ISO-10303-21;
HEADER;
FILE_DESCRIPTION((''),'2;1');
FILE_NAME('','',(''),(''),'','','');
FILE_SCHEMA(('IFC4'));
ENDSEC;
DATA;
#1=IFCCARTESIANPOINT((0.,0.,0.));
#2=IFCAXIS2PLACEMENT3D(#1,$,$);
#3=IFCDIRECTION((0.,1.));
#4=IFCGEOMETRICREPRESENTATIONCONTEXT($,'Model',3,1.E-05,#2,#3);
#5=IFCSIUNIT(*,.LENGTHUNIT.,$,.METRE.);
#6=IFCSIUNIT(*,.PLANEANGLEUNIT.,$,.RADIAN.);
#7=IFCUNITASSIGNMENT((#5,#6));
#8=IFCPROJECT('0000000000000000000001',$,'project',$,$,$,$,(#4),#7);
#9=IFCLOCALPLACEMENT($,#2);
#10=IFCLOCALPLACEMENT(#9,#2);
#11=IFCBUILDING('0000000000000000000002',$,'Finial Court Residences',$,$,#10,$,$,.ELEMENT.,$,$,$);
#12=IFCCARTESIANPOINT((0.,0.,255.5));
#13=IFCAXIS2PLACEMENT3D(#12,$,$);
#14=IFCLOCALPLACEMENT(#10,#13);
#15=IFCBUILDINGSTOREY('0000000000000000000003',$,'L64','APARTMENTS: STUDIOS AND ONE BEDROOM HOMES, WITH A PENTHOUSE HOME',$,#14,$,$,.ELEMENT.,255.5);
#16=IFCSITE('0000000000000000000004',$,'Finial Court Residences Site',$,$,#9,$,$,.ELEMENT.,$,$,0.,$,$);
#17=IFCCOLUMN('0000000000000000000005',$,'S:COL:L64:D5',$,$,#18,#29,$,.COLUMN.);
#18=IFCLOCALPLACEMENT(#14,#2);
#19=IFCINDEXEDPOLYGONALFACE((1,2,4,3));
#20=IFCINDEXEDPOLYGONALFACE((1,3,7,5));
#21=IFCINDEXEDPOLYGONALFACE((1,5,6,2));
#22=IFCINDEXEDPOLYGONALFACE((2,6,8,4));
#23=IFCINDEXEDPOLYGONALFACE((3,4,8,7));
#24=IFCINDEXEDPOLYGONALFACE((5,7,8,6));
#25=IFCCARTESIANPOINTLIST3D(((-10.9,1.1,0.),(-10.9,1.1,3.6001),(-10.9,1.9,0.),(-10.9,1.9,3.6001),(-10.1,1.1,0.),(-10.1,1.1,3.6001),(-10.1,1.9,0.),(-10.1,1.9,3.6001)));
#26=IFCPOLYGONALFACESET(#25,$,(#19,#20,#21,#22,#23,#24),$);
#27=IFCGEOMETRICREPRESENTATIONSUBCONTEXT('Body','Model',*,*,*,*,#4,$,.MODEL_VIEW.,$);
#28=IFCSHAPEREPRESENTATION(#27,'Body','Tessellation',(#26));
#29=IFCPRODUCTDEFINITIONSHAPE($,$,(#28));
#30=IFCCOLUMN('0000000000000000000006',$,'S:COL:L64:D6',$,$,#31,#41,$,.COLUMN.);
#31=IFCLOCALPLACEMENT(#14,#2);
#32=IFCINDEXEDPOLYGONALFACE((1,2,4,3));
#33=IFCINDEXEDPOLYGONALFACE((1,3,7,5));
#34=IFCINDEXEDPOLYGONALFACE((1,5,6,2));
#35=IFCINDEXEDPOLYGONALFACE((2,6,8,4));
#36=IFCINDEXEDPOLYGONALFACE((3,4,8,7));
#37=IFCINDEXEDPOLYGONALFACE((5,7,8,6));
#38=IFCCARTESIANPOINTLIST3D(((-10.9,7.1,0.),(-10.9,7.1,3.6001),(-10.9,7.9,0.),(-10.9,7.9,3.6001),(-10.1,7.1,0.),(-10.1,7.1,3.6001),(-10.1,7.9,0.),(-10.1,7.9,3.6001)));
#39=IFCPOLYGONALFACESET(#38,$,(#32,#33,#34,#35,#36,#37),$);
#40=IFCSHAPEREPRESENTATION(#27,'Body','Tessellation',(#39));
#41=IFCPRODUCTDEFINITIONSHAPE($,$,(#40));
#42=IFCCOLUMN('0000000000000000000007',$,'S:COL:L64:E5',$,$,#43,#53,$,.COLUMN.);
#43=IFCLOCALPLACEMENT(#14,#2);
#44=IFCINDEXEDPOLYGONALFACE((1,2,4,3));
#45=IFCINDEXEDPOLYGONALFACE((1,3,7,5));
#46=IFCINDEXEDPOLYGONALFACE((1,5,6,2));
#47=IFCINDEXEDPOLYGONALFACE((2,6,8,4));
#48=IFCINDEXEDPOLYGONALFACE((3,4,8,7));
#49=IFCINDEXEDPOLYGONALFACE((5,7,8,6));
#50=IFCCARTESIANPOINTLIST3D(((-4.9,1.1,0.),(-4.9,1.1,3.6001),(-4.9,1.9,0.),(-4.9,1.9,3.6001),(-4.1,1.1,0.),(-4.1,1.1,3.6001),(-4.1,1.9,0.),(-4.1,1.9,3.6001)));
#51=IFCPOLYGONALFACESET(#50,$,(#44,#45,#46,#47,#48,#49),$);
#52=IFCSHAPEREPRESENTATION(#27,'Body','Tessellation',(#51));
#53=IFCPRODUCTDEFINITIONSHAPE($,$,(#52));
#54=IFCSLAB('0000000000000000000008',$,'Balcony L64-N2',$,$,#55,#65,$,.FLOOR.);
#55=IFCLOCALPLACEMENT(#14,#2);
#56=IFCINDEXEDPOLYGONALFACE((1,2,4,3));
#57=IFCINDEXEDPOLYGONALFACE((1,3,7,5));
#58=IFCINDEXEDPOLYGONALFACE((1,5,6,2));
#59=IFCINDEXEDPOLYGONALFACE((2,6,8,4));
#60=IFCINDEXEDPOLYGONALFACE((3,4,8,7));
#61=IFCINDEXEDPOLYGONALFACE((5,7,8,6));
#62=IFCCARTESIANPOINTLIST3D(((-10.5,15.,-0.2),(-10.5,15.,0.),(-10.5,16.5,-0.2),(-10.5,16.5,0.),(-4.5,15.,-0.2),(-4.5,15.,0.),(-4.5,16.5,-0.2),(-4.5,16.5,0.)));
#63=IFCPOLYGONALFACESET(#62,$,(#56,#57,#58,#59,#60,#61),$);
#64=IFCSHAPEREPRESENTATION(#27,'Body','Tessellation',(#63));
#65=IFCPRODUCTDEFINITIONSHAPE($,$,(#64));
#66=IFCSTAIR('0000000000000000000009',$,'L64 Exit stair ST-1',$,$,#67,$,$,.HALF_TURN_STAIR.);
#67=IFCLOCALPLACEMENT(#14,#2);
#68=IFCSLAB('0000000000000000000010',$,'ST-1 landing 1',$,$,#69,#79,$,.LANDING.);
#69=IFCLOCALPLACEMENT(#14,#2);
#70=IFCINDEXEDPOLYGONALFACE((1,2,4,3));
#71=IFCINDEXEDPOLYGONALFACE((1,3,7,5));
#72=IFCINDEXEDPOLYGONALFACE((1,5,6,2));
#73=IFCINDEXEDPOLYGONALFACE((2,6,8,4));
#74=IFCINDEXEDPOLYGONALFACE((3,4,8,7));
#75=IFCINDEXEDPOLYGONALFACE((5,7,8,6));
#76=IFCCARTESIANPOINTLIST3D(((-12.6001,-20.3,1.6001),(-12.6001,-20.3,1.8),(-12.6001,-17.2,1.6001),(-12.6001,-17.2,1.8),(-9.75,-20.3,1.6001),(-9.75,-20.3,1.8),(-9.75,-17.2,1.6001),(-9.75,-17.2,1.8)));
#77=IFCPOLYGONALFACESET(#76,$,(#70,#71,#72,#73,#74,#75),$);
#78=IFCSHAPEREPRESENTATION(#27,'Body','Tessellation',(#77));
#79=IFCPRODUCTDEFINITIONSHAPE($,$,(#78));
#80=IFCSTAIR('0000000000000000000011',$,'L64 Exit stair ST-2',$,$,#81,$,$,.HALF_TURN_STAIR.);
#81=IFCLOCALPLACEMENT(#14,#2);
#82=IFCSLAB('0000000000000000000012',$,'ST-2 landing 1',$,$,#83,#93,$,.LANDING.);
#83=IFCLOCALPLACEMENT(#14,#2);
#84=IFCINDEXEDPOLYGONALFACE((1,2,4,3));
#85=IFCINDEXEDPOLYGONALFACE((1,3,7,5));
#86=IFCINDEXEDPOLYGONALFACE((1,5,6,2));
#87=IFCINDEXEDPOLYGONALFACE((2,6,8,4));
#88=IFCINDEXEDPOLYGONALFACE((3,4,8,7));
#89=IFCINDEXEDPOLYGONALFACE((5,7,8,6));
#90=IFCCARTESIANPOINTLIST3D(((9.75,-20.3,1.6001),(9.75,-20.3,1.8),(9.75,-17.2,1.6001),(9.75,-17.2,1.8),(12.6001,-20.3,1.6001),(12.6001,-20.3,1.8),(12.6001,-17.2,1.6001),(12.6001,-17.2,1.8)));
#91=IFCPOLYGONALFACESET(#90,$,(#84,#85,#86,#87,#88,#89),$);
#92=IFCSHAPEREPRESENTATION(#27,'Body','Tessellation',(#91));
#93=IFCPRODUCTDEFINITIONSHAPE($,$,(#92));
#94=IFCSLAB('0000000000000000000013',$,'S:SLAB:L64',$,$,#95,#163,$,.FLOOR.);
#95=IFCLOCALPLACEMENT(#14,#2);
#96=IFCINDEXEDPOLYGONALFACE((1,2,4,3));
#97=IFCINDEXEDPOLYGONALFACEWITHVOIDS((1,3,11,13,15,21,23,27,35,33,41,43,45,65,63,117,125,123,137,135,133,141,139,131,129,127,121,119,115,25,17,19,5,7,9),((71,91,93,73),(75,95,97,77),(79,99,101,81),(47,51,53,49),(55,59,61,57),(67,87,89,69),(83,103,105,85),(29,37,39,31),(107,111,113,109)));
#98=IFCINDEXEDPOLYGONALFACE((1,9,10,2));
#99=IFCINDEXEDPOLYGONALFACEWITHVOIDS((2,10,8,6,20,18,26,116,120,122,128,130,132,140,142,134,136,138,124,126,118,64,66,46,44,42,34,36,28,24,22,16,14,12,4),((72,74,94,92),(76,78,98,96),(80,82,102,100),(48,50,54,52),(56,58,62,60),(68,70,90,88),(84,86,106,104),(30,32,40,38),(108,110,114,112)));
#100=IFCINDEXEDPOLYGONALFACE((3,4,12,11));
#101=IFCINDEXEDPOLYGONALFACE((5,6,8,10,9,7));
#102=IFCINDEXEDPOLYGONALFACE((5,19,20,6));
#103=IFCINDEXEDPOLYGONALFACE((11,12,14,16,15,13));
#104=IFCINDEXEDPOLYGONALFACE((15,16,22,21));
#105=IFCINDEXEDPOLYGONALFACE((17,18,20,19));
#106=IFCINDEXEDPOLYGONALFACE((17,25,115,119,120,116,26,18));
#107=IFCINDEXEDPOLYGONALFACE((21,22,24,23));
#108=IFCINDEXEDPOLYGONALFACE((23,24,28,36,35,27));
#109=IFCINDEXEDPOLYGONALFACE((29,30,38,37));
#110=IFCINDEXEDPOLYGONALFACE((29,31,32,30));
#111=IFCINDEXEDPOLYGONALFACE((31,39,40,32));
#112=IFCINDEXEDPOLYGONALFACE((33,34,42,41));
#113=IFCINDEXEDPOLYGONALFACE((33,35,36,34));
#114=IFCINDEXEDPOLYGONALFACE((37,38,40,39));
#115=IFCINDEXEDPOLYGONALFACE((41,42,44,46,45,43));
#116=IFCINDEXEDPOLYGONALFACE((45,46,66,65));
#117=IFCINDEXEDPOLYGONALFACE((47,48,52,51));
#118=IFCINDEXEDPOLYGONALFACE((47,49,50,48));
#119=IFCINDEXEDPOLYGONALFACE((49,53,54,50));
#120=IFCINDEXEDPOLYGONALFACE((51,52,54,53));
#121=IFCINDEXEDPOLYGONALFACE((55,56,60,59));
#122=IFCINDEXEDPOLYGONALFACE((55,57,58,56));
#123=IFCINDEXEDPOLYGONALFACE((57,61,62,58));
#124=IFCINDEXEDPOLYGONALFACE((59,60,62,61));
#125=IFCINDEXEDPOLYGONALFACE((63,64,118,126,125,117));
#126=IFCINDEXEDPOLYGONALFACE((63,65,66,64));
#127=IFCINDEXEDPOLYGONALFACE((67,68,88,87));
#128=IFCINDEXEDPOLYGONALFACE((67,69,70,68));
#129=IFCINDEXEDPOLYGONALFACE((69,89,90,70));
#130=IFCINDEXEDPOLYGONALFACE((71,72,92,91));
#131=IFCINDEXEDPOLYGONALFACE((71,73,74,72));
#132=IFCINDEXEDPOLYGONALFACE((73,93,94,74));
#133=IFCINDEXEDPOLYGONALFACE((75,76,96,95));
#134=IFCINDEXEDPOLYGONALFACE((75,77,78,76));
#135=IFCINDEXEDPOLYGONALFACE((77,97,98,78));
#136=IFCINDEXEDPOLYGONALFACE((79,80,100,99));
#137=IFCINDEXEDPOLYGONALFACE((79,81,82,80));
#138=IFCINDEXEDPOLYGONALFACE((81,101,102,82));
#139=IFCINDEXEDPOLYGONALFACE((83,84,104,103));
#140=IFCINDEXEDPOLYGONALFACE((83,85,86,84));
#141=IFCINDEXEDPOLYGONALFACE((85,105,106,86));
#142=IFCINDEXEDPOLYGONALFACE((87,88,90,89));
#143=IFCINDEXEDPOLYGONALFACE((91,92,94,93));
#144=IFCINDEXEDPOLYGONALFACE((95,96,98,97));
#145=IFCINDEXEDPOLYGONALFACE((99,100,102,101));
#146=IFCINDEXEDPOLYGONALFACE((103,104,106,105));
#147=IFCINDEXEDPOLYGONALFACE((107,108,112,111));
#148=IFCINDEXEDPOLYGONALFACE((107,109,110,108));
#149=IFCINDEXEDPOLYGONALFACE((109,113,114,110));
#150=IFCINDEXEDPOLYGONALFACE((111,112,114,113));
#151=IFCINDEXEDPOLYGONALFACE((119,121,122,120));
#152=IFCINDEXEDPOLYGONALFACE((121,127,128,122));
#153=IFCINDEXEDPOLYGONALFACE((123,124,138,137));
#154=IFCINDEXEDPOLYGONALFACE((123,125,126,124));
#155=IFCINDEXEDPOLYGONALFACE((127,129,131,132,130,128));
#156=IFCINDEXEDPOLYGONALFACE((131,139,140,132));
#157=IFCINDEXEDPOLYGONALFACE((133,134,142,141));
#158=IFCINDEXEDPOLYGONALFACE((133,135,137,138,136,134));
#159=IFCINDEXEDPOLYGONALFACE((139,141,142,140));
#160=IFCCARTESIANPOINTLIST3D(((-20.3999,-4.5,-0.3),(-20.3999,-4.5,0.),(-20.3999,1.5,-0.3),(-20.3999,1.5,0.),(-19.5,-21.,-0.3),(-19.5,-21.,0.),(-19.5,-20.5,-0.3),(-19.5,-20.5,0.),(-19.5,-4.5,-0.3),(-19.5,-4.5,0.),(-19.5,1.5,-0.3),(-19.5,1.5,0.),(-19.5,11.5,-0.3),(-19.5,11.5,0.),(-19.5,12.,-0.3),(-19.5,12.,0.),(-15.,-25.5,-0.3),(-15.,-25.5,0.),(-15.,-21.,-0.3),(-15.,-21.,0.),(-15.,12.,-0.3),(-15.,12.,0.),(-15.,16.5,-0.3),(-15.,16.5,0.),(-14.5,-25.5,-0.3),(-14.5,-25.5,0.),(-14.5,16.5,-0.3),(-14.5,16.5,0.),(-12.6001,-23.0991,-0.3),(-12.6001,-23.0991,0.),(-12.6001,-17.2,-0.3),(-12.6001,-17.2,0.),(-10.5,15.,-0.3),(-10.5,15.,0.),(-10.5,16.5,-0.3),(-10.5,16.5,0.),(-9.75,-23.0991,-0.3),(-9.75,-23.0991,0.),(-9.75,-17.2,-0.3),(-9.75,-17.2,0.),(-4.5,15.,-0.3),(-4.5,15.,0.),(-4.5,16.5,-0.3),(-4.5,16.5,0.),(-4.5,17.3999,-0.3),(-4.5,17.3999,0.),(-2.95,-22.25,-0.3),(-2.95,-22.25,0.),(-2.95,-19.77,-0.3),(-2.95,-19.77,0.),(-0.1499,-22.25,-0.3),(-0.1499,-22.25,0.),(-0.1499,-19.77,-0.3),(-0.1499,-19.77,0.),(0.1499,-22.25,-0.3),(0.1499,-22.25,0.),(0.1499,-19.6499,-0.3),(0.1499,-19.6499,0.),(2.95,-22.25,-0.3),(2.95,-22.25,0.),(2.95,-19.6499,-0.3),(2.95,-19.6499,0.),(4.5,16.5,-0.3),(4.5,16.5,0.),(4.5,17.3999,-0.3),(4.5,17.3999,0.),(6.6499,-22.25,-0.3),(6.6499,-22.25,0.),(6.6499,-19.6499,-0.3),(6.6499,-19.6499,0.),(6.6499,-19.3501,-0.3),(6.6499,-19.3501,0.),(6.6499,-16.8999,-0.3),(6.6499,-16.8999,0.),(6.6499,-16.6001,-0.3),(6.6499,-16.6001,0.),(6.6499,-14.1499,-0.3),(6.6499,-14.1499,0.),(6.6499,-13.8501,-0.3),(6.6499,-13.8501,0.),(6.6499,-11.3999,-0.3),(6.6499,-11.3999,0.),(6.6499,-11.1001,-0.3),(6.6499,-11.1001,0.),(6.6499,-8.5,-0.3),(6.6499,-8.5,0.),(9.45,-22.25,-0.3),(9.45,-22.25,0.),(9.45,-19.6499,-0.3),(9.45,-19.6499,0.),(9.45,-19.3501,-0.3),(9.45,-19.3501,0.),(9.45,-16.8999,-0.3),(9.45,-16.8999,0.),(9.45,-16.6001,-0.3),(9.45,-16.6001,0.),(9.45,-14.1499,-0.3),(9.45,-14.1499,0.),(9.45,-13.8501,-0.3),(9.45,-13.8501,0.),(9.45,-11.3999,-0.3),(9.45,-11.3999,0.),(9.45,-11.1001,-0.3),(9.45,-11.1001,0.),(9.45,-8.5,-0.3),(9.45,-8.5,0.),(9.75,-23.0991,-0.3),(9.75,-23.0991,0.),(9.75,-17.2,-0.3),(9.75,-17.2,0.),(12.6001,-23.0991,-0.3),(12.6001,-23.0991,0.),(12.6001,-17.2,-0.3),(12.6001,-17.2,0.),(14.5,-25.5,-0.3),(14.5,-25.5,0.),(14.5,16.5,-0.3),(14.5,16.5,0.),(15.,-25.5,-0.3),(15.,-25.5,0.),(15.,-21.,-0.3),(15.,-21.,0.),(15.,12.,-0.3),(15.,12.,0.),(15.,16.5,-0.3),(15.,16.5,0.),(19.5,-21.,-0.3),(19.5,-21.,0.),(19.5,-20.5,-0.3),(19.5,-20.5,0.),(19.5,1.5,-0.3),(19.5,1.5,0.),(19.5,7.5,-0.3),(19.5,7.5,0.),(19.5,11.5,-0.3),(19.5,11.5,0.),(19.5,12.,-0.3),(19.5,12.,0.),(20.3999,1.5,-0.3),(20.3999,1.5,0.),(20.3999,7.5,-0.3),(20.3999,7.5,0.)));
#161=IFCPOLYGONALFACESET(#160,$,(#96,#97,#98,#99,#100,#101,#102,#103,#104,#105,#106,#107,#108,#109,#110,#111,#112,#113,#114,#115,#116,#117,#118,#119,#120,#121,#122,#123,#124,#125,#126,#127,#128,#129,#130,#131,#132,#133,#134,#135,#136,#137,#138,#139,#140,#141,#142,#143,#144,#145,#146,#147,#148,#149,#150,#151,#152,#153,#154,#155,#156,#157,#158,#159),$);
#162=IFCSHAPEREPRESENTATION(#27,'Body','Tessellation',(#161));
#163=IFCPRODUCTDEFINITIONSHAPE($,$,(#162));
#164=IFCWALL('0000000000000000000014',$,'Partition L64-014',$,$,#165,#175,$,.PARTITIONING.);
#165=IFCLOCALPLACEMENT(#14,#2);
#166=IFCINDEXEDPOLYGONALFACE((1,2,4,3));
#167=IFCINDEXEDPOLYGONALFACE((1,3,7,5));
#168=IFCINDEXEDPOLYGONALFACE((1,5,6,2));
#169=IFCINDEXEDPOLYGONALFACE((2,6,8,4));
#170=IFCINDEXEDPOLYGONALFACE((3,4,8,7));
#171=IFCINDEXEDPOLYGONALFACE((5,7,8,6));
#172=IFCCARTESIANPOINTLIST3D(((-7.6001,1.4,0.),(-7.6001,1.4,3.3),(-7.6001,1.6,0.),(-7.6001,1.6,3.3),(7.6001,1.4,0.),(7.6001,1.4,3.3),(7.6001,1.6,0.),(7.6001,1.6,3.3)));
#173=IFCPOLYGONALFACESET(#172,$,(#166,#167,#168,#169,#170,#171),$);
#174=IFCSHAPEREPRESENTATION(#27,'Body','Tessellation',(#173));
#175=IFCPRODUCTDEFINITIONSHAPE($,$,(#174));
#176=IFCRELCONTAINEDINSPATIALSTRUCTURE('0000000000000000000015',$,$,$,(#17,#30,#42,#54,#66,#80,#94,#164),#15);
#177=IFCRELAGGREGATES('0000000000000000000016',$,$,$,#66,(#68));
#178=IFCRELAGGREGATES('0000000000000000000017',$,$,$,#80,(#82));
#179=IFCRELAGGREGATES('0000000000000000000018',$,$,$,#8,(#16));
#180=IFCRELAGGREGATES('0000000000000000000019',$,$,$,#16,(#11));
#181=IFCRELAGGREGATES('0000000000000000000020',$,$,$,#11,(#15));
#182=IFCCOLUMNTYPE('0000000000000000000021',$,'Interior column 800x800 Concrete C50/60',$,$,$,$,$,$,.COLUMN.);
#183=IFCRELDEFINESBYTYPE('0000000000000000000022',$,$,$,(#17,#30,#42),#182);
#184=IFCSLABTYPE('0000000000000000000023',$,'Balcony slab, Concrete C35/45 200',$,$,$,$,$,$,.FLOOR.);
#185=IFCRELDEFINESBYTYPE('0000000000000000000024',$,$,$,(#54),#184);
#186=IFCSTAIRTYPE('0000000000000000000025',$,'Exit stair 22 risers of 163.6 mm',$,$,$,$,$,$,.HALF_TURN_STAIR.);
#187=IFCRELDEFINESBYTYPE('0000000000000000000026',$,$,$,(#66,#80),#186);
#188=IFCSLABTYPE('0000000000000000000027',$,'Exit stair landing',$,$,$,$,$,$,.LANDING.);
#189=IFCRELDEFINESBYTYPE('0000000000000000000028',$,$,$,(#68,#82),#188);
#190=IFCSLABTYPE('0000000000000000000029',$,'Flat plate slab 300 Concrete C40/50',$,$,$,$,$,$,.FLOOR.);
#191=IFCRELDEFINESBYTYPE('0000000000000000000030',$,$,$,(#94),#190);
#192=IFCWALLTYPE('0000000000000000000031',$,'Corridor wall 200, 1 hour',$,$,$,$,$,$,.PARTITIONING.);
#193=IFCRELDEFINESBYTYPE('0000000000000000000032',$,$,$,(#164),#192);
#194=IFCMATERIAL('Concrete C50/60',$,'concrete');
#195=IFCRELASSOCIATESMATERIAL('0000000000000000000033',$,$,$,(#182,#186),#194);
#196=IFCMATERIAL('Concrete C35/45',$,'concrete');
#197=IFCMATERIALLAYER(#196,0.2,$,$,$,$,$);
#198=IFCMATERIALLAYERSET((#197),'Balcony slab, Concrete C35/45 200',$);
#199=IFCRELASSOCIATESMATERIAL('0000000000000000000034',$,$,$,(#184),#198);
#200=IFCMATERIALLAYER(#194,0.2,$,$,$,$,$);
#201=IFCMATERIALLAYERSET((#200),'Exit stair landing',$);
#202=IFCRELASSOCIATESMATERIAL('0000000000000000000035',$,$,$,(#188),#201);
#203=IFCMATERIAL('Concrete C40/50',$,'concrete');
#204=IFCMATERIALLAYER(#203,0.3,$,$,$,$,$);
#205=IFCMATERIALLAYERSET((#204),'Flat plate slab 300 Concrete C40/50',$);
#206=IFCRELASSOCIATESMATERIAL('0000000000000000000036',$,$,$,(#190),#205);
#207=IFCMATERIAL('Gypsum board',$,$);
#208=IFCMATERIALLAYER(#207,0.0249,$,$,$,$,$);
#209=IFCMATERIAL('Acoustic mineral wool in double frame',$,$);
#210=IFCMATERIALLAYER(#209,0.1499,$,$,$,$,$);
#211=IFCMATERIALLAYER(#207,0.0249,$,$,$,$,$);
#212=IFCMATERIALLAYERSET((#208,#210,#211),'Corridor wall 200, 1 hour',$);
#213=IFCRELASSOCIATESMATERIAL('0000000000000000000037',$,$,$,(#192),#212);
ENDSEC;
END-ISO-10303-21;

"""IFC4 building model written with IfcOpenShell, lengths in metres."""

from ifc_helpers import new_model, si_unit, direction, frame, frame_2d, origin, origin_2d, place, context, subcontext, project, spatial, polyline, rectangle, outline, extrude, material, layer, layer_set, material_profile, profile_set, type_object, element, aggregate, save


model = new_model("IFC4")

# Units and contexts
model_context = context("Model", 3, precision=1e-05, world=origin(), true_north=direction((0.0, 1.0)))
body_context = subcontext(model_context, "Body", "Model", "MODEL_VIEW")
ifc_project = project(units=[si_unit("LENGTHUNIT", "METRE"), si_unit("PLANEANGLEUNIT", "RADIAN")], contexts=[model_context])

# Site, building, storey
site_placement = place(None, origin())
site = spatial("IfcSite", under=ifc_project, at=site_placement, Name="Finial Court Residences Site", CompositionType="ELEMENT", RefElevation=0.0)
building_placement = place(site_placement, origin())
building = spatial("IfcBuilding", under=site, at=building_placement, Name="Finial Court Residences", CompositionType="ELEMENT")
storey_placement = place(building_placement, frame((0.0, 0.0, 255.5)))
storey = spatial("IfcBuildingStorey", under=building, at=storey_placement, Name="L64", Description="APARTMENTS: STUDIOS AND ONE BEDROOM HOMES, WITH A PENTHOUSE HOME", CompositionType="ELEMENT", Elevation=255.5)

# Columns
ifc_material_1 = material(Name="Concrete C50/60", Category="concrete")
ifc_material_profile = material_profile(ifc_material_1, rectangle(XDim=0.8, YDim=0.8, at=origin_2d()), Name="800x800")
ifc_profile_set = profile_set([ifc_material_profile], Name="Concrete C50/60")
column_type = type_object("IfcColumnType", Name="Interior column 800x800 Concrete C50/60", PredefinedType="COLUMN", material=ifc_profile_set)
for number, where, z_axis, x_axis, name in (
    (1, (-10.5, 1.5, 0.0), (0.0, 0.0, 1.0), (1.0, 0.0, 0.0), "S:COL:L64:D5"),
    (2, (-10.5, 7.5, 0.0), (0.0, 0.0, 1.0), (1.0, 0.0, 0.0), "S:COL:L64:D6"),
    (3, (-4.5, 1.5, 0.0), (0.0, 0.0, 1.0), (1.0, 0.0, 0.0), "S:COL:L64:E5"),
):
    element("IfcColumn", number, at=place(storey_placement, frame(where, z_axis=z_axis, x_axis=x_axis)), inside=storey, type_object=column_type, Name=name, PredefinedType="COLUMN", context=body_context, shape_type="SweptSolid", body=[
        extrude(rectangle(XDim=0.8, YDim=0.8, at=origin_2d()), origin(), (0.0, 0.0, 1.0), 3.6001),
    ])

# Slab
ifc_material_2 = material(Name="Concrete C35/45", Category="concrete")
ifc_layer_1 = layer(ifc_material_2, 0.2)
ifc_layer_set_1 = layer_set([ifc_layer_1], Name="Balcony slab, Concrete C35/45 200")
slab_type_1 = type_object("IfcSlabType", Name="Balcony slab, Concrete C35/45 200", PredefinedType="FLOOR", material=ifc_layer_set_1)
slab_1_placement = place(storey_placement, frame((0.0, 0.0, -0.2)))
element("IfcSlab", 4, at=slab_1_placement, inside=storey, type_object=slab_type_1, Name="Balcony L64-N2", PredefinedType="FLOOR", context=body_context, shape_type="SweptSolid", body=[
    extrude(outline(polyline([(-4.5, 15.0), (-4.5, 16.5), (-10.5, 16.5), (-10.5, 15.0), (-4.5, 15.0)])), origin(), (0.0, 0.0, 1.0), 0.2),
])

# Stairs, slabs
stair_type = type_object("IfcStairType", Name="Exit stair 22 risers of 163.6 mm", PredefinedType="HALF_TURN_STAIR", material=ifc_material_1)
stair_1_placement = place(storey_placement, origin())
stair_1 = element("IfcStair", 5, at=stair_1_placement, inside=storey, type_object=stair_type, Name="L64 Exit stair ST-1", PredefinedType="HALF_TURN_STAIR")
ifc_layer_2 = layer(ifc_material_1, 0.2)
ifc_layer_set_2 = layer_set([ifc_layer_2], Name="Exit stair landing")
slab_type_2 = type_object("IfcSlabType", Name="Exit stair landing", PredefinedType="LANDING", material=ifc_layer_set_2)
slab_2_placement = place(storey_placement, frame((0.0, 0.0, 1.6001)))
slab_2 = element("IfcSlab", 6, at=slab_2_placement, type_object=slab_type_2, Name="ST-1 landing 1", PredefinedType="LANDING", context=body_context, shape_type="SweptSolid", body=[
    extrude(outline(polyline([(-9.75, -20.3), (-9.75, -17.2), (-12.6001, -17.2), (-12.6001, -20.3), (-9.75, -20.3)])), origin(), (0.0, 0.0, 1.0), 0.2),
])
aggregate(stair_1, [slab_2])
stair_2_placement = place(storey_placement, origin())
stair_2 = element("IfcStair", 7, at=stair_2_placement, inside=storey, type_object=stair_type, Name="L64 Exit stair ST-2", PredefinedType="HALF_TURN_STAIR")
slab_3_placement = place(storey_placement, frame((0.0, 0.0, 1.6001)))
slab_3 = element("IfcSlab", 8, at=slab_3_placement, type_object=slab_type_2, Name="ST-2 landing 1", PredefinedType="LANDING", context=body_context, shape_type="SweptSolid", body=[
    extrude(outline(polyline([(12.6001, -20.3), (12.6001, -17.2), (9.75, -17.2), (9.75, -20.3), (12.6001, -20.3)])), origin(), (0.0, 0.0, 1.0), 0.2),
])
aggregate(stair_2, [slab_3])

# Slab
ifc_material_3 = material(Name="Concrete C40/50", Category="concrete")
ifc_layer_3 = layer(ifc_material_3, 0.3)
ifc_layer_set_3 = layer_set([ifc_layer_3], Name="Flat plate slab 300 Concrete C40/50")
slab_type_3 = type_object("IfcSlabType", Name="Flat plate slab 300 Concrete C40/50", PredefinedType="FLOOR", material=ifc_layer_set_3)
slab_4_placement = place(storey_placement, frame((0.0, 0.0, -0.3)))
element("IfcSlab", 9, at=slab_4_placement, inside=storey, type_object=slab_type_3, Name="S:SLAB:L64", PredefinedType="FLOOR", context=body_context, shape_type="SweptSolid", body=[
    extrude(outline(polyline([(-15.0, -25.5), (-15.0, -21.0), (-19.5, -21.0), (-19.5, -20.5), (-19.5, -4.5), (-20.3999, -4.5), (-20.3999, 1.5), (-19.5, 1.5), (-19.5, 11.5), (-19.5, 12.0), (-15.0, 12.0), (-15.0, 16.5), (-14.5, 16.5), (-10.5, 16.5), (-10.5, 15.0), (-4.5, 15.0), (-4.5, 16.5), (-4.5, 17.3999), (4.5, 17.3999), (4.5, 16.5), (14.5, 16.5), (15.0, 16.5), (15.0, 12.0), (19.5, 12.0), (19.5, 11.5), (19.5, 7.5), (20.3999, 7.5), (20.3999, 1.5), (19.5, 1.5), (19.5, -20.5), (19.5, -21.0), (15.0, -21.0), (15.0, -25.5), (14.5, -25.5), (-14.5, -25.5), (-15.0, -25.5)]), holes=[polyline([(-0.1499, -19.77), (-2.95, -19.77), (-2.95, -22.25), (-0.1499, -22.25), (-0.1499, -19.77)]), polyline([(2.95, -19.6499), (0.1499, -19.6499), (0.1499, -22.25), (2.95, -22.25), (2.95, -19.6499)]), polyline([(9.45, -19.6499), (6.6499, -19.6499), (6.6499, -22.25), (9.45, -22.25), (9.45, -19.6499)]), polyline([(-12.6001, -17.2), (-12.6001, -23.0991), (-9.75, -23.0991), (-9.75, -17.2), (-12.6001, -17.2)]), polyline([(9.75, -17.2), (9.75, -23.0991), (12.6001, -23.0991), (12.6001, -17.2), (9.75, -17.2)]), polyline([(9.45, -16.8999), (6.6499, -16.8999), (6.6499, -19.3501), (9.45, -19.3501), (9.45, -16.8999)]), polyline([(9.45, -14.1499), (6.6499, -14.1499), (6.6499, -16.6001), (9.45, -16.6001), (9.45, -14.1499)]), polyline([(9.45, -13.8501), (9.45, -11.3999), (6.6499, -11.3999), (6.6499, -13.8501), (9.45, -13.8501)]), polyline([(9.45, -11.1001), (9.45, -8.5), (6.6499, -8.5), (6.6499, -11.1001), (9.45, -11.1001)])]), origin(), (0.0, 0.0, 1.0), 0.3),
])

# Wall
ifc_material_4 = material(Name="Gypsum board")
ifc_layer_4 = layer(ifc_material_4, 0.0249)
ifc_material_5 = material(Name="Acoustic mineral wool in double frame")
ifc_layer_5 = layer(ifc_material_5, 0.1499)
ifc_layer_6 = layer(ifc_material_4, 0.0249)
ifc_layer_set_4 = layer_set([ifc_layer_4, ifc_layer_5, ifc_layer_6], Name="Corridor wall 200, 1 hour")
wall_type_1 = type_object("IfcWallType", Name="Corridor wall 200, 1 hour", PredefinedType="PARTITIONING", material=ifc_layer_set_4)
wall_1_placement = place(storey_placement, frame((-7.6001, 1.5, 0.0), z_axis=(0.0, 0.0, 1.0), x_axis=(1.0, 0.0, 0.0)))
element("IfcWall", 10, at=wall_1_placement, inside=storey, type_object=wall_type_1, Name="Partition L64-014", PredefinedType="PARTITIONING", context=body_context, shape_type="SweptSolid", body=[
    extrude(rectangle(XDim=15.2002, YDim=0.2, at=frame_2d((7.6001, 0.0))), origin(), (0.0, 0.0, 1.0), 3.3),
])

save(model, "model.ifc")
